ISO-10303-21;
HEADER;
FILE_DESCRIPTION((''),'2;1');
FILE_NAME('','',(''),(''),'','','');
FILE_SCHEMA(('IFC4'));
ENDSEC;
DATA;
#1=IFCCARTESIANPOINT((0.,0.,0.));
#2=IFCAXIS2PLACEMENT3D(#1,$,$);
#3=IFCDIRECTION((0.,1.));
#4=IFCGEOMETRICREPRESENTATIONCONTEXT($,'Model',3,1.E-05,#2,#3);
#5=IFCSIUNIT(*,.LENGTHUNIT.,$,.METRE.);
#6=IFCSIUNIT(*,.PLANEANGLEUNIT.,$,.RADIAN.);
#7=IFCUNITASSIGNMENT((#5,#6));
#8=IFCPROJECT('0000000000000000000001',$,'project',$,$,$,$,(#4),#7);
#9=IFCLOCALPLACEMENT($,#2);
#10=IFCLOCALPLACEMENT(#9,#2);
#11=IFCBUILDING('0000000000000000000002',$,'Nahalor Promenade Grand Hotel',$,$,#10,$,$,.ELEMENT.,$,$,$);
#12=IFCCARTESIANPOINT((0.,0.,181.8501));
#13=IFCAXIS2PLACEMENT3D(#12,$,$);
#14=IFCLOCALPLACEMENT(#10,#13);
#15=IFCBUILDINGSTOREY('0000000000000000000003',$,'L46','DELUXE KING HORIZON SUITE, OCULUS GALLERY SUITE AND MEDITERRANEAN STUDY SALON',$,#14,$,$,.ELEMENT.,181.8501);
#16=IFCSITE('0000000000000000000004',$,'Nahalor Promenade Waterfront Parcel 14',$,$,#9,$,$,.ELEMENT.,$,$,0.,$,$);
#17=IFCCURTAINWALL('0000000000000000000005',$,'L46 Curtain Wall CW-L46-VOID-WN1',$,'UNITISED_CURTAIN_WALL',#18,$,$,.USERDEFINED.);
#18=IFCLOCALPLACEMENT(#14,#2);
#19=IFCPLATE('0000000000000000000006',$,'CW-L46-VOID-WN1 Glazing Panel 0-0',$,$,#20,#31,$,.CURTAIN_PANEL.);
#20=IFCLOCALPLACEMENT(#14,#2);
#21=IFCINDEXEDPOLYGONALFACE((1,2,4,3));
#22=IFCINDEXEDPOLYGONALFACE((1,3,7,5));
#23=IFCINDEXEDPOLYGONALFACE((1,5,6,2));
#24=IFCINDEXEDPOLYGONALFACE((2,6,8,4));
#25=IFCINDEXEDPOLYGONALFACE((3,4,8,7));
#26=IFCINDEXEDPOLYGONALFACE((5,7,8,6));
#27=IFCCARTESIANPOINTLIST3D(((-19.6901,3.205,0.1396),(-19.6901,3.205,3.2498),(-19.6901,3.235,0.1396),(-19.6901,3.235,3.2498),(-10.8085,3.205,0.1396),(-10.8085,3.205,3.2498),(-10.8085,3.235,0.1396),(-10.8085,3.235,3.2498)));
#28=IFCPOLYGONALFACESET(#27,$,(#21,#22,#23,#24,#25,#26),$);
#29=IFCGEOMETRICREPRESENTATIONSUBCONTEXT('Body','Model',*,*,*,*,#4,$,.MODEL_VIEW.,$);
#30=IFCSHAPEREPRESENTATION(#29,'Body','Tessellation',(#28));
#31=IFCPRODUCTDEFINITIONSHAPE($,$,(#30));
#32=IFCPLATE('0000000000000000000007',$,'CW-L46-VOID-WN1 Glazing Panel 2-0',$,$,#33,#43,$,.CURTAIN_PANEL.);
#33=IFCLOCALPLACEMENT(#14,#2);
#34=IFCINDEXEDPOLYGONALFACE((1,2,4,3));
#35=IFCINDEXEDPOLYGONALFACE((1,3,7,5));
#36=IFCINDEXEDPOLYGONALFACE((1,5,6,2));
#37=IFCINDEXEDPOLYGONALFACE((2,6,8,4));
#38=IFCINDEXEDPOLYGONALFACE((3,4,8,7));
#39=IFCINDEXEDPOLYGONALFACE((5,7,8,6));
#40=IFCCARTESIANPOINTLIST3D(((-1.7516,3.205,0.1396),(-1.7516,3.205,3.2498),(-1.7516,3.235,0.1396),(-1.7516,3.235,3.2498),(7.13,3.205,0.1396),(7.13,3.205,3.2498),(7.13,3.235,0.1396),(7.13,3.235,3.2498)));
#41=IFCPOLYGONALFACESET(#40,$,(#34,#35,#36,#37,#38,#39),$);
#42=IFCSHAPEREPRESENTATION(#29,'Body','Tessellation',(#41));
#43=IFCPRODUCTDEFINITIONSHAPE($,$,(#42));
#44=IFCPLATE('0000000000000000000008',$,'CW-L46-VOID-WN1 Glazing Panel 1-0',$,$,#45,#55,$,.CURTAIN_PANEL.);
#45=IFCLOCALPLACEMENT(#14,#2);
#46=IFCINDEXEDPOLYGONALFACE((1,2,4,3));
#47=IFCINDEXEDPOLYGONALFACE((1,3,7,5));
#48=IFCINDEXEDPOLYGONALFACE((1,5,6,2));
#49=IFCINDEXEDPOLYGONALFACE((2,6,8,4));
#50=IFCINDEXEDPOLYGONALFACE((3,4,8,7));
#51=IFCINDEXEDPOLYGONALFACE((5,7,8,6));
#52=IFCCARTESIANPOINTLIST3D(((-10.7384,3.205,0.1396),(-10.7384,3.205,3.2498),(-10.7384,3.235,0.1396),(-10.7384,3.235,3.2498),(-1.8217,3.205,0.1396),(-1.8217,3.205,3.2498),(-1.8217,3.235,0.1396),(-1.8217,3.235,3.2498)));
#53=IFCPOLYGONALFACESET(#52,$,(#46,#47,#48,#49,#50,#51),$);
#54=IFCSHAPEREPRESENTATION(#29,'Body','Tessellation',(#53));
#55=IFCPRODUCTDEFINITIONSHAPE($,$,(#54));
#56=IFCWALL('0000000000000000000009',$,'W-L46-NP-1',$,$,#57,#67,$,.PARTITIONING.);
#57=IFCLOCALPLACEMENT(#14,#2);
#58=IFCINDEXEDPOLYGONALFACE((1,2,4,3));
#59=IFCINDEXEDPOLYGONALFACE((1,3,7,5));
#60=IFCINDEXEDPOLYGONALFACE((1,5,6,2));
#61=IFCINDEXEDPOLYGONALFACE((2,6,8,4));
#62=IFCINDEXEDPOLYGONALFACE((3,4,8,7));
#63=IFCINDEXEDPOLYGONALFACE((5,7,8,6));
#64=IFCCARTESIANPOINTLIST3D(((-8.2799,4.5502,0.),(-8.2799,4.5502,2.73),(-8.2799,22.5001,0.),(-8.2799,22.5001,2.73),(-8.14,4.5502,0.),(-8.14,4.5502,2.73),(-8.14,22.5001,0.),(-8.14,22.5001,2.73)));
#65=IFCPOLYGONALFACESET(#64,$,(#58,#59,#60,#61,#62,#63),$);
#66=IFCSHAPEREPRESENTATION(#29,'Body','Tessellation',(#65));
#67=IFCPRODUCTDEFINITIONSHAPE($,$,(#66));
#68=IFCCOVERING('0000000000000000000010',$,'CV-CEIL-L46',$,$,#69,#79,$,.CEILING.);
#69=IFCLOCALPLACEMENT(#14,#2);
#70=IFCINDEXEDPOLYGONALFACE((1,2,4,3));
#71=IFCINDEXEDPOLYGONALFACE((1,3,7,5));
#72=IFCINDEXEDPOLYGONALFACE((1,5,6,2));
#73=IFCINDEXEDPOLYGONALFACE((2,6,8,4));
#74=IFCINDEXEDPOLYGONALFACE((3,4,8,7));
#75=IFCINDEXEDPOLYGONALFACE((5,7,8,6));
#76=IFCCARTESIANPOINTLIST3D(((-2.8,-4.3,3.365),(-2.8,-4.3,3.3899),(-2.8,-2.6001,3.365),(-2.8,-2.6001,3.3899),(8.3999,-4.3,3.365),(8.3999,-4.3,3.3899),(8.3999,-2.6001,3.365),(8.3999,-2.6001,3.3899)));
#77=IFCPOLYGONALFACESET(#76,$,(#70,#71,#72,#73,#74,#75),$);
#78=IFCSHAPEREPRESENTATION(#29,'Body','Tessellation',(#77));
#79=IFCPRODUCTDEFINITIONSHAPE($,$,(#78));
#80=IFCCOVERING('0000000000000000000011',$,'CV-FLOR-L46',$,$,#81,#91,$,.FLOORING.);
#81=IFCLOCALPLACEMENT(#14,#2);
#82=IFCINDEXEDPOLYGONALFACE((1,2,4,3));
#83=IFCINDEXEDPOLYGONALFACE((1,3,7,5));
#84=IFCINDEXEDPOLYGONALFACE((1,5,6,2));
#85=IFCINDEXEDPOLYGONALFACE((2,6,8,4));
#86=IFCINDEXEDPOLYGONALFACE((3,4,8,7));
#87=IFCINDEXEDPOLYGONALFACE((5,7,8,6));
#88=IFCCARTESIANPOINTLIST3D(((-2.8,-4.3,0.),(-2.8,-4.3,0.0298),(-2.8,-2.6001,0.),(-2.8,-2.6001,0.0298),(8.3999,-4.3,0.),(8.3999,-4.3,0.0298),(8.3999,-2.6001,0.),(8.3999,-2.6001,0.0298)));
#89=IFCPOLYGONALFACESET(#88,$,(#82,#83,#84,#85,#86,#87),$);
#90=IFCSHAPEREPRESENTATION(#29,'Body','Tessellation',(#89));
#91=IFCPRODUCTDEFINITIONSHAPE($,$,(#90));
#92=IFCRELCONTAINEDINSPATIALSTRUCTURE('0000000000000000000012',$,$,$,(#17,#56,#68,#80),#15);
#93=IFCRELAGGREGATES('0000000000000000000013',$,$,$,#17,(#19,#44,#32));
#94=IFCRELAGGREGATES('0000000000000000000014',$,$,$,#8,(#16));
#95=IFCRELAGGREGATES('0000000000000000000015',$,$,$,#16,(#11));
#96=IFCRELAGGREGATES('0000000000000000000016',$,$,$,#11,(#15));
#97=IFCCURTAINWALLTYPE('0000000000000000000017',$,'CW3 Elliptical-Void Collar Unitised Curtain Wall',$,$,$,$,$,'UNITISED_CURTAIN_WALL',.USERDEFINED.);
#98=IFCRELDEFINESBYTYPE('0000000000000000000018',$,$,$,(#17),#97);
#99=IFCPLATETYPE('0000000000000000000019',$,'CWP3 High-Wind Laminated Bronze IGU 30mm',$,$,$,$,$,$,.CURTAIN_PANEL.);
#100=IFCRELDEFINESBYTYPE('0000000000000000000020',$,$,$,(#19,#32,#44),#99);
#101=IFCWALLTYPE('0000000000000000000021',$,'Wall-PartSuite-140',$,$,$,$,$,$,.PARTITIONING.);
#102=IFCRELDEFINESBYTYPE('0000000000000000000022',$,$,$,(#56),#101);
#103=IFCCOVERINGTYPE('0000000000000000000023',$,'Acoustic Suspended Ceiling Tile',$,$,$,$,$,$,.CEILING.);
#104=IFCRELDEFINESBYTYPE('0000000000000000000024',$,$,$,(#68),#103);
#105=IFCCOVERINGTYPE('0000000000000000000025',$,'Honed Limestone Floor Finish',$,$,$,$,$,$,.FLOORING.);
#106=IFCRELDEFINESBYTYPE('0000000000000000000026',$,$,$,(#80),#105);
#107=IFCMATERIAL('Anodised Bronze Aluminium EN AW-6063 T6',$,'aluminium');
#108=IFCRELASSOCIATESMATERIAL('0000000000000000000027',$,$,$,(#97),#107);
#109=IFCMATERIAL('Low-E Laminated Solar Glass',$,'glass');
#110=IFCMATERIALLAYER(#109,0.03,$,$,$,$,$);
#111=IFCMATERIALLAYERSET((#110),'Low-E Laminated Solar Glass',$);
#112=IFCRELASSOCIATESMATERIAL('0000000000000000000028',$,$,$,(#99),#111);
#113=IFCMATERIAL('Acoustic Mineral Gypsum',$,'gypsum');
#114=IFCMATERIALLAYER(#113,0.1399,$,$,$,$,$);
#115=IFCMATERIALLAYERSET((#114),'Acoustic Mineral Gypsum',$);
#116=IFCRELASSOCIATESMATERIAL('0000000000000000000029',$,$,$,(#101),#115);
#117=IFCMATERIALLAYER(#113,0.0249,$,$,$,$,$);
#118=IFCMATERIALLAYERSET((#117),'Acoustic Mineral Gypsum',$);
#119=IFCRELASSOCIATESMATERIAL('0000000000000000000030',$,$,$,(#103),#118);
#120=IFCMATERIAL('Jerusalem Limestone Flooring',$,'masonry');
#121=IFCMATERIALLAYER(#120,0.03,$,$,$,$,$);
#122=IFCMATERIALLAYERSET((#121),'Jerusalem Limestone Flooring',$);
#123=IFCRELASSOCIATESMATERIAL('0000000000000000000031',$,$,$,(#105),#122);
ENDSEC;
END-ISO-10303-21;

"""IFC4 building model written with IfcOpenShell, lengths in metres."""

from ifc_helpers import new_model, si_unit, direction, frame, frame_2d, origin, origin_2d, place, context, subcontext, project, spatial, polyline, rectangle, outline, extrude, source, transform, mapped, material, layer, layer_set, type_object, element, aggregate, save


model = new_model("IFC4")

# Units and contexts
model_context = context("Model", 3, precision=1e-05, world=origin(), true_north=direction((0.0, 1.0)))
body_context = subcontext(model_context, "Body", "Model", "MODEL_VIEW")
ifc_project = project(units=[si_unit("LENGTHUNIT", "METRE"), si_unit("PLANEANGLEUNIT", "RADIAN")], contexts=[model_context])

# Site, building, storey
site_placement = place(None, origin())
site = spatial("IfcSite", under=ifc_project, at=site_placement, Name="Nahalor Promenade Waterfront Parcel 14", CompositionType="ELEMENT", RefElevation=0.0)
building_placement = place(site_placement, origin())
building = spatial("IfcBuilding", under=site, at=building_placement, Name="Nahalor Promenade Grand Hotel", CompositionType="ELEMENT")
storey_placement = place(building_placement, frame((0.0, 0.0, 181.8501)))
storey = spatial("IfcBuildingStorey", under=building, at=storey_placement, Name="L46", Description="DELUXE KING HORIZON SUITE, OCULUS GALLERY SUITE AND MEDITERRANEAN STUDY SALON", CompositionType="ELEMENT", Elevation=181.8501)

# Curtain wall
ifc_material_1 = material(Name="Anodised Bronze Aluminium EN AW-6063 T6", Category="aluminium")
curtain_wall_type = type_object("IfcCurtainWallType", Name="CW3 Elliptical-Void Collar Unitised Curtain Wall", ElementType="UNITISED_CURTAIN_WALL", PredefinedType="USERDEFINED", material=ifc_material_1)
curtain_wall_placement = place(storey_placement, origin())
curtain_wall = element("IfcCurtainWall", 1, at=curtain_wall_placement, inside=storey, type_object=curtain_wall_type, Name="L46 Curtain Wall CW-L46-VOID-WN1", ObjectType="UNITISED_CURTAIN_WALL", PredefinedType="USERDEFINED")

# Plates
ifc_material_2 = material(Name="Low-E Laminated Solar Glass", Category="glass")
ifc_layer_1 = layer(ifc_material_2, 0.03)
ifc_layer_set_1 = layer_set([ifc_layer_1], Name="Low-E Laminated Solar Glass")
plate_type = type_object("IfcPlateType", Name="CWP3 High-Wind Laminated Bronze IGU 30mm", PredefinedType="CURTAIN_PANEL", material=ifc_layer_set_1)
shared_shape_1 = source(origin(), body_context, "Body", "SweptSolid", [
    extrude(rectangle(XDim=8.8816, YDim=0.03, at=origin_2d()), origin(), (0.0, 0.0, 1.0), 3.1101),
])
plate_1_placement = place(storey_placement, frame((-15.2493, 3.22, 0.1396), z_axis=(0.0, 0.0, 1.0), x_axis=(1.0, 0.0, 0.0)))
plate_1 = element("IfcPlate", 2, at=plate_1_placement, type_object=plate_type, Name="CW-L46-VOID-WN1 Glazing Panel 0-0", PredefinedType="CURTAIN_PANEL", context=body_context, shape_type="MappedRepresentation", body=[
    mapped(shared_shape_1, transform((0.0, 0.0, 0.0), scale=1.0)),
])
plate_2_placement = place(storey_placement, frame((2.6892, 3.22, 0.1396), z_axis=(0.0, 0.0, 1.0), x_axis=(1.0, 0.0, 0.0)))
plate_2 = element("IfcPlate", 3, at=plate_2_placement, type_object=plate_type, Name="CW-L46-VOID-WN1 Glazing Panel 2-0", PredefinedType="CURTAIN_PANEL", context=body_context, shape_type="MappedRepresentation", body=[
    mapped(shared_shape_1, transform((0.0, 0.0, 0.0), scale=1.0)),
])
shared_shape_2 = source(origin(), body_context, "Body", "SweptSolid", [
    extrude(rectangle(XDim=8.9167, YDim=0.03, at=origin_2d()), origin(), (0.0, 0.0, 1.0), 3.1101),
])
plate_3_placement = place(storey_placement, frame((-6.28, 3.22, 0.1396), z_axis=(0.0, 0.0, 1.0), x_axis=(1.0, 0.0, 0.0)))
plate_3 = element("IfcPlate", 4, at=plate_3_placement, type_object=plate_type, Name="CW-L46-VOID-WN1 Glazing Panel 1-0", PredefinedType="CURTAIN_PANEL", context=body_context, shape_type="MappedRepresentation", body=[
    mapped(shared_shape_2, transform((0.0, 0.0, 0.0), scale=1.0)),
])
aggregate(curtain_wall, [plate_1, plate_3, plate_2])

# Wall
ifc_material_3 = material(Name="Acoustic Mineral Gypsum", Category="gypsum")
ifc_layer_2 = layer(ifc_material_3, 0.1399)
ifc_layer_set_2 = layer_set([ifc_layer_2], Name="Acoustic Mineral Gypsum")
wall_type = type_object("IfcWallType", Name="Wall-PartSuite-140", PredefinedType="PARTITIONING", material=ifc_layer_set_2)
shared_shape_3 = source(origin(), body_context, "Body", "SweptSolid", [
    extrude(rectangle(XDim=17.95, YDim=0.1399, at=frame_2d((8.9751, 0.0))), origin(), (0.0, 0.0, 1.0), 2.73),
])
wall_placement = place(storey_placement, frame((-8.21, 4.55, 0.0), z_axis=(0.0, 0.0, 1.0), x_axis=(0.0, 1.0, 0.0)))
element("IfcWall", 5, at=wall_placement, inside=storey, type_object=wall_type, Name="W-L46-NP-1", PredefinedType="PARTITIONING", context=body_context, shape_type="MappedRepresentation", body=[
    mapped(shared_shape_3, transform((0.0, 0.0, 0.0), scale=1.0)),
])

# Coverings
ifc_layer_3 = layer(ifc_material_3, 0.0249)
ifc_layer_set_3 = layer_set([ifc_layer_3], Name="Acoustic Mineral Gypsum")
covering_type_1 = type_object("IfcCoveringType", Name="Acoustic Suspended Ceiling Tile", PredefinedType="CEILING", material=ifc_layer_set_3)
covering_1_placement = place(storey_placement, frame((0.0, 0.0, 3.365)))
element("IfcCovering", 6, at=covering_1_placement, inside=storey, type_object=covering_type_1, Name="CV-CEIL-L46", PredefinedType="CEILING", context=body_context, shape_type="SweptSolid", body=[
    extrude(outline(polyline([(-2.8, -4.3), (8.3999, -4.3), (8.3999, -2.6001), (-2.8, -2.6001), (-2.8, -4.3)])), origin(), (0.0, 0.0, 1.0), 0.0249),
])
ifc_material_4 = material(Name="Jerusalem Limestone Flooring", Category="masonry")
ifc_layer_4 = layer(ifc_material_4, 0.03)
ifc_layer_set_4 = layer_set([ifc_layer_4], Name="Jerusalem Limestone Flooring")
covering_type_2 = type_object("IfcCoveringType", Name="Honed Limestone Floor Finish", PredefinedType="FLOORING", material=ifc_layer_set_4)
covering_2_placement = place(storey_placement, origin())
element("IfcCovering", 7, at=covering_2_placement, inside=storey, type_object=covering_type_2, Name="CV-FLOR-L46", PredefinedType="FLOORING", context=body_context, shape_type="SweptSolid", body=[
    extrude(outline(polyline([(-2.8, -4.3), (8.3999, -4.3), (8.3999, -2.6001), (-2.8, -2.6001), (-2.8, -4.3)])), origin(), (0.0, 0.0, 1.0), 0.0298),
])

save(model, "model.ifc")
